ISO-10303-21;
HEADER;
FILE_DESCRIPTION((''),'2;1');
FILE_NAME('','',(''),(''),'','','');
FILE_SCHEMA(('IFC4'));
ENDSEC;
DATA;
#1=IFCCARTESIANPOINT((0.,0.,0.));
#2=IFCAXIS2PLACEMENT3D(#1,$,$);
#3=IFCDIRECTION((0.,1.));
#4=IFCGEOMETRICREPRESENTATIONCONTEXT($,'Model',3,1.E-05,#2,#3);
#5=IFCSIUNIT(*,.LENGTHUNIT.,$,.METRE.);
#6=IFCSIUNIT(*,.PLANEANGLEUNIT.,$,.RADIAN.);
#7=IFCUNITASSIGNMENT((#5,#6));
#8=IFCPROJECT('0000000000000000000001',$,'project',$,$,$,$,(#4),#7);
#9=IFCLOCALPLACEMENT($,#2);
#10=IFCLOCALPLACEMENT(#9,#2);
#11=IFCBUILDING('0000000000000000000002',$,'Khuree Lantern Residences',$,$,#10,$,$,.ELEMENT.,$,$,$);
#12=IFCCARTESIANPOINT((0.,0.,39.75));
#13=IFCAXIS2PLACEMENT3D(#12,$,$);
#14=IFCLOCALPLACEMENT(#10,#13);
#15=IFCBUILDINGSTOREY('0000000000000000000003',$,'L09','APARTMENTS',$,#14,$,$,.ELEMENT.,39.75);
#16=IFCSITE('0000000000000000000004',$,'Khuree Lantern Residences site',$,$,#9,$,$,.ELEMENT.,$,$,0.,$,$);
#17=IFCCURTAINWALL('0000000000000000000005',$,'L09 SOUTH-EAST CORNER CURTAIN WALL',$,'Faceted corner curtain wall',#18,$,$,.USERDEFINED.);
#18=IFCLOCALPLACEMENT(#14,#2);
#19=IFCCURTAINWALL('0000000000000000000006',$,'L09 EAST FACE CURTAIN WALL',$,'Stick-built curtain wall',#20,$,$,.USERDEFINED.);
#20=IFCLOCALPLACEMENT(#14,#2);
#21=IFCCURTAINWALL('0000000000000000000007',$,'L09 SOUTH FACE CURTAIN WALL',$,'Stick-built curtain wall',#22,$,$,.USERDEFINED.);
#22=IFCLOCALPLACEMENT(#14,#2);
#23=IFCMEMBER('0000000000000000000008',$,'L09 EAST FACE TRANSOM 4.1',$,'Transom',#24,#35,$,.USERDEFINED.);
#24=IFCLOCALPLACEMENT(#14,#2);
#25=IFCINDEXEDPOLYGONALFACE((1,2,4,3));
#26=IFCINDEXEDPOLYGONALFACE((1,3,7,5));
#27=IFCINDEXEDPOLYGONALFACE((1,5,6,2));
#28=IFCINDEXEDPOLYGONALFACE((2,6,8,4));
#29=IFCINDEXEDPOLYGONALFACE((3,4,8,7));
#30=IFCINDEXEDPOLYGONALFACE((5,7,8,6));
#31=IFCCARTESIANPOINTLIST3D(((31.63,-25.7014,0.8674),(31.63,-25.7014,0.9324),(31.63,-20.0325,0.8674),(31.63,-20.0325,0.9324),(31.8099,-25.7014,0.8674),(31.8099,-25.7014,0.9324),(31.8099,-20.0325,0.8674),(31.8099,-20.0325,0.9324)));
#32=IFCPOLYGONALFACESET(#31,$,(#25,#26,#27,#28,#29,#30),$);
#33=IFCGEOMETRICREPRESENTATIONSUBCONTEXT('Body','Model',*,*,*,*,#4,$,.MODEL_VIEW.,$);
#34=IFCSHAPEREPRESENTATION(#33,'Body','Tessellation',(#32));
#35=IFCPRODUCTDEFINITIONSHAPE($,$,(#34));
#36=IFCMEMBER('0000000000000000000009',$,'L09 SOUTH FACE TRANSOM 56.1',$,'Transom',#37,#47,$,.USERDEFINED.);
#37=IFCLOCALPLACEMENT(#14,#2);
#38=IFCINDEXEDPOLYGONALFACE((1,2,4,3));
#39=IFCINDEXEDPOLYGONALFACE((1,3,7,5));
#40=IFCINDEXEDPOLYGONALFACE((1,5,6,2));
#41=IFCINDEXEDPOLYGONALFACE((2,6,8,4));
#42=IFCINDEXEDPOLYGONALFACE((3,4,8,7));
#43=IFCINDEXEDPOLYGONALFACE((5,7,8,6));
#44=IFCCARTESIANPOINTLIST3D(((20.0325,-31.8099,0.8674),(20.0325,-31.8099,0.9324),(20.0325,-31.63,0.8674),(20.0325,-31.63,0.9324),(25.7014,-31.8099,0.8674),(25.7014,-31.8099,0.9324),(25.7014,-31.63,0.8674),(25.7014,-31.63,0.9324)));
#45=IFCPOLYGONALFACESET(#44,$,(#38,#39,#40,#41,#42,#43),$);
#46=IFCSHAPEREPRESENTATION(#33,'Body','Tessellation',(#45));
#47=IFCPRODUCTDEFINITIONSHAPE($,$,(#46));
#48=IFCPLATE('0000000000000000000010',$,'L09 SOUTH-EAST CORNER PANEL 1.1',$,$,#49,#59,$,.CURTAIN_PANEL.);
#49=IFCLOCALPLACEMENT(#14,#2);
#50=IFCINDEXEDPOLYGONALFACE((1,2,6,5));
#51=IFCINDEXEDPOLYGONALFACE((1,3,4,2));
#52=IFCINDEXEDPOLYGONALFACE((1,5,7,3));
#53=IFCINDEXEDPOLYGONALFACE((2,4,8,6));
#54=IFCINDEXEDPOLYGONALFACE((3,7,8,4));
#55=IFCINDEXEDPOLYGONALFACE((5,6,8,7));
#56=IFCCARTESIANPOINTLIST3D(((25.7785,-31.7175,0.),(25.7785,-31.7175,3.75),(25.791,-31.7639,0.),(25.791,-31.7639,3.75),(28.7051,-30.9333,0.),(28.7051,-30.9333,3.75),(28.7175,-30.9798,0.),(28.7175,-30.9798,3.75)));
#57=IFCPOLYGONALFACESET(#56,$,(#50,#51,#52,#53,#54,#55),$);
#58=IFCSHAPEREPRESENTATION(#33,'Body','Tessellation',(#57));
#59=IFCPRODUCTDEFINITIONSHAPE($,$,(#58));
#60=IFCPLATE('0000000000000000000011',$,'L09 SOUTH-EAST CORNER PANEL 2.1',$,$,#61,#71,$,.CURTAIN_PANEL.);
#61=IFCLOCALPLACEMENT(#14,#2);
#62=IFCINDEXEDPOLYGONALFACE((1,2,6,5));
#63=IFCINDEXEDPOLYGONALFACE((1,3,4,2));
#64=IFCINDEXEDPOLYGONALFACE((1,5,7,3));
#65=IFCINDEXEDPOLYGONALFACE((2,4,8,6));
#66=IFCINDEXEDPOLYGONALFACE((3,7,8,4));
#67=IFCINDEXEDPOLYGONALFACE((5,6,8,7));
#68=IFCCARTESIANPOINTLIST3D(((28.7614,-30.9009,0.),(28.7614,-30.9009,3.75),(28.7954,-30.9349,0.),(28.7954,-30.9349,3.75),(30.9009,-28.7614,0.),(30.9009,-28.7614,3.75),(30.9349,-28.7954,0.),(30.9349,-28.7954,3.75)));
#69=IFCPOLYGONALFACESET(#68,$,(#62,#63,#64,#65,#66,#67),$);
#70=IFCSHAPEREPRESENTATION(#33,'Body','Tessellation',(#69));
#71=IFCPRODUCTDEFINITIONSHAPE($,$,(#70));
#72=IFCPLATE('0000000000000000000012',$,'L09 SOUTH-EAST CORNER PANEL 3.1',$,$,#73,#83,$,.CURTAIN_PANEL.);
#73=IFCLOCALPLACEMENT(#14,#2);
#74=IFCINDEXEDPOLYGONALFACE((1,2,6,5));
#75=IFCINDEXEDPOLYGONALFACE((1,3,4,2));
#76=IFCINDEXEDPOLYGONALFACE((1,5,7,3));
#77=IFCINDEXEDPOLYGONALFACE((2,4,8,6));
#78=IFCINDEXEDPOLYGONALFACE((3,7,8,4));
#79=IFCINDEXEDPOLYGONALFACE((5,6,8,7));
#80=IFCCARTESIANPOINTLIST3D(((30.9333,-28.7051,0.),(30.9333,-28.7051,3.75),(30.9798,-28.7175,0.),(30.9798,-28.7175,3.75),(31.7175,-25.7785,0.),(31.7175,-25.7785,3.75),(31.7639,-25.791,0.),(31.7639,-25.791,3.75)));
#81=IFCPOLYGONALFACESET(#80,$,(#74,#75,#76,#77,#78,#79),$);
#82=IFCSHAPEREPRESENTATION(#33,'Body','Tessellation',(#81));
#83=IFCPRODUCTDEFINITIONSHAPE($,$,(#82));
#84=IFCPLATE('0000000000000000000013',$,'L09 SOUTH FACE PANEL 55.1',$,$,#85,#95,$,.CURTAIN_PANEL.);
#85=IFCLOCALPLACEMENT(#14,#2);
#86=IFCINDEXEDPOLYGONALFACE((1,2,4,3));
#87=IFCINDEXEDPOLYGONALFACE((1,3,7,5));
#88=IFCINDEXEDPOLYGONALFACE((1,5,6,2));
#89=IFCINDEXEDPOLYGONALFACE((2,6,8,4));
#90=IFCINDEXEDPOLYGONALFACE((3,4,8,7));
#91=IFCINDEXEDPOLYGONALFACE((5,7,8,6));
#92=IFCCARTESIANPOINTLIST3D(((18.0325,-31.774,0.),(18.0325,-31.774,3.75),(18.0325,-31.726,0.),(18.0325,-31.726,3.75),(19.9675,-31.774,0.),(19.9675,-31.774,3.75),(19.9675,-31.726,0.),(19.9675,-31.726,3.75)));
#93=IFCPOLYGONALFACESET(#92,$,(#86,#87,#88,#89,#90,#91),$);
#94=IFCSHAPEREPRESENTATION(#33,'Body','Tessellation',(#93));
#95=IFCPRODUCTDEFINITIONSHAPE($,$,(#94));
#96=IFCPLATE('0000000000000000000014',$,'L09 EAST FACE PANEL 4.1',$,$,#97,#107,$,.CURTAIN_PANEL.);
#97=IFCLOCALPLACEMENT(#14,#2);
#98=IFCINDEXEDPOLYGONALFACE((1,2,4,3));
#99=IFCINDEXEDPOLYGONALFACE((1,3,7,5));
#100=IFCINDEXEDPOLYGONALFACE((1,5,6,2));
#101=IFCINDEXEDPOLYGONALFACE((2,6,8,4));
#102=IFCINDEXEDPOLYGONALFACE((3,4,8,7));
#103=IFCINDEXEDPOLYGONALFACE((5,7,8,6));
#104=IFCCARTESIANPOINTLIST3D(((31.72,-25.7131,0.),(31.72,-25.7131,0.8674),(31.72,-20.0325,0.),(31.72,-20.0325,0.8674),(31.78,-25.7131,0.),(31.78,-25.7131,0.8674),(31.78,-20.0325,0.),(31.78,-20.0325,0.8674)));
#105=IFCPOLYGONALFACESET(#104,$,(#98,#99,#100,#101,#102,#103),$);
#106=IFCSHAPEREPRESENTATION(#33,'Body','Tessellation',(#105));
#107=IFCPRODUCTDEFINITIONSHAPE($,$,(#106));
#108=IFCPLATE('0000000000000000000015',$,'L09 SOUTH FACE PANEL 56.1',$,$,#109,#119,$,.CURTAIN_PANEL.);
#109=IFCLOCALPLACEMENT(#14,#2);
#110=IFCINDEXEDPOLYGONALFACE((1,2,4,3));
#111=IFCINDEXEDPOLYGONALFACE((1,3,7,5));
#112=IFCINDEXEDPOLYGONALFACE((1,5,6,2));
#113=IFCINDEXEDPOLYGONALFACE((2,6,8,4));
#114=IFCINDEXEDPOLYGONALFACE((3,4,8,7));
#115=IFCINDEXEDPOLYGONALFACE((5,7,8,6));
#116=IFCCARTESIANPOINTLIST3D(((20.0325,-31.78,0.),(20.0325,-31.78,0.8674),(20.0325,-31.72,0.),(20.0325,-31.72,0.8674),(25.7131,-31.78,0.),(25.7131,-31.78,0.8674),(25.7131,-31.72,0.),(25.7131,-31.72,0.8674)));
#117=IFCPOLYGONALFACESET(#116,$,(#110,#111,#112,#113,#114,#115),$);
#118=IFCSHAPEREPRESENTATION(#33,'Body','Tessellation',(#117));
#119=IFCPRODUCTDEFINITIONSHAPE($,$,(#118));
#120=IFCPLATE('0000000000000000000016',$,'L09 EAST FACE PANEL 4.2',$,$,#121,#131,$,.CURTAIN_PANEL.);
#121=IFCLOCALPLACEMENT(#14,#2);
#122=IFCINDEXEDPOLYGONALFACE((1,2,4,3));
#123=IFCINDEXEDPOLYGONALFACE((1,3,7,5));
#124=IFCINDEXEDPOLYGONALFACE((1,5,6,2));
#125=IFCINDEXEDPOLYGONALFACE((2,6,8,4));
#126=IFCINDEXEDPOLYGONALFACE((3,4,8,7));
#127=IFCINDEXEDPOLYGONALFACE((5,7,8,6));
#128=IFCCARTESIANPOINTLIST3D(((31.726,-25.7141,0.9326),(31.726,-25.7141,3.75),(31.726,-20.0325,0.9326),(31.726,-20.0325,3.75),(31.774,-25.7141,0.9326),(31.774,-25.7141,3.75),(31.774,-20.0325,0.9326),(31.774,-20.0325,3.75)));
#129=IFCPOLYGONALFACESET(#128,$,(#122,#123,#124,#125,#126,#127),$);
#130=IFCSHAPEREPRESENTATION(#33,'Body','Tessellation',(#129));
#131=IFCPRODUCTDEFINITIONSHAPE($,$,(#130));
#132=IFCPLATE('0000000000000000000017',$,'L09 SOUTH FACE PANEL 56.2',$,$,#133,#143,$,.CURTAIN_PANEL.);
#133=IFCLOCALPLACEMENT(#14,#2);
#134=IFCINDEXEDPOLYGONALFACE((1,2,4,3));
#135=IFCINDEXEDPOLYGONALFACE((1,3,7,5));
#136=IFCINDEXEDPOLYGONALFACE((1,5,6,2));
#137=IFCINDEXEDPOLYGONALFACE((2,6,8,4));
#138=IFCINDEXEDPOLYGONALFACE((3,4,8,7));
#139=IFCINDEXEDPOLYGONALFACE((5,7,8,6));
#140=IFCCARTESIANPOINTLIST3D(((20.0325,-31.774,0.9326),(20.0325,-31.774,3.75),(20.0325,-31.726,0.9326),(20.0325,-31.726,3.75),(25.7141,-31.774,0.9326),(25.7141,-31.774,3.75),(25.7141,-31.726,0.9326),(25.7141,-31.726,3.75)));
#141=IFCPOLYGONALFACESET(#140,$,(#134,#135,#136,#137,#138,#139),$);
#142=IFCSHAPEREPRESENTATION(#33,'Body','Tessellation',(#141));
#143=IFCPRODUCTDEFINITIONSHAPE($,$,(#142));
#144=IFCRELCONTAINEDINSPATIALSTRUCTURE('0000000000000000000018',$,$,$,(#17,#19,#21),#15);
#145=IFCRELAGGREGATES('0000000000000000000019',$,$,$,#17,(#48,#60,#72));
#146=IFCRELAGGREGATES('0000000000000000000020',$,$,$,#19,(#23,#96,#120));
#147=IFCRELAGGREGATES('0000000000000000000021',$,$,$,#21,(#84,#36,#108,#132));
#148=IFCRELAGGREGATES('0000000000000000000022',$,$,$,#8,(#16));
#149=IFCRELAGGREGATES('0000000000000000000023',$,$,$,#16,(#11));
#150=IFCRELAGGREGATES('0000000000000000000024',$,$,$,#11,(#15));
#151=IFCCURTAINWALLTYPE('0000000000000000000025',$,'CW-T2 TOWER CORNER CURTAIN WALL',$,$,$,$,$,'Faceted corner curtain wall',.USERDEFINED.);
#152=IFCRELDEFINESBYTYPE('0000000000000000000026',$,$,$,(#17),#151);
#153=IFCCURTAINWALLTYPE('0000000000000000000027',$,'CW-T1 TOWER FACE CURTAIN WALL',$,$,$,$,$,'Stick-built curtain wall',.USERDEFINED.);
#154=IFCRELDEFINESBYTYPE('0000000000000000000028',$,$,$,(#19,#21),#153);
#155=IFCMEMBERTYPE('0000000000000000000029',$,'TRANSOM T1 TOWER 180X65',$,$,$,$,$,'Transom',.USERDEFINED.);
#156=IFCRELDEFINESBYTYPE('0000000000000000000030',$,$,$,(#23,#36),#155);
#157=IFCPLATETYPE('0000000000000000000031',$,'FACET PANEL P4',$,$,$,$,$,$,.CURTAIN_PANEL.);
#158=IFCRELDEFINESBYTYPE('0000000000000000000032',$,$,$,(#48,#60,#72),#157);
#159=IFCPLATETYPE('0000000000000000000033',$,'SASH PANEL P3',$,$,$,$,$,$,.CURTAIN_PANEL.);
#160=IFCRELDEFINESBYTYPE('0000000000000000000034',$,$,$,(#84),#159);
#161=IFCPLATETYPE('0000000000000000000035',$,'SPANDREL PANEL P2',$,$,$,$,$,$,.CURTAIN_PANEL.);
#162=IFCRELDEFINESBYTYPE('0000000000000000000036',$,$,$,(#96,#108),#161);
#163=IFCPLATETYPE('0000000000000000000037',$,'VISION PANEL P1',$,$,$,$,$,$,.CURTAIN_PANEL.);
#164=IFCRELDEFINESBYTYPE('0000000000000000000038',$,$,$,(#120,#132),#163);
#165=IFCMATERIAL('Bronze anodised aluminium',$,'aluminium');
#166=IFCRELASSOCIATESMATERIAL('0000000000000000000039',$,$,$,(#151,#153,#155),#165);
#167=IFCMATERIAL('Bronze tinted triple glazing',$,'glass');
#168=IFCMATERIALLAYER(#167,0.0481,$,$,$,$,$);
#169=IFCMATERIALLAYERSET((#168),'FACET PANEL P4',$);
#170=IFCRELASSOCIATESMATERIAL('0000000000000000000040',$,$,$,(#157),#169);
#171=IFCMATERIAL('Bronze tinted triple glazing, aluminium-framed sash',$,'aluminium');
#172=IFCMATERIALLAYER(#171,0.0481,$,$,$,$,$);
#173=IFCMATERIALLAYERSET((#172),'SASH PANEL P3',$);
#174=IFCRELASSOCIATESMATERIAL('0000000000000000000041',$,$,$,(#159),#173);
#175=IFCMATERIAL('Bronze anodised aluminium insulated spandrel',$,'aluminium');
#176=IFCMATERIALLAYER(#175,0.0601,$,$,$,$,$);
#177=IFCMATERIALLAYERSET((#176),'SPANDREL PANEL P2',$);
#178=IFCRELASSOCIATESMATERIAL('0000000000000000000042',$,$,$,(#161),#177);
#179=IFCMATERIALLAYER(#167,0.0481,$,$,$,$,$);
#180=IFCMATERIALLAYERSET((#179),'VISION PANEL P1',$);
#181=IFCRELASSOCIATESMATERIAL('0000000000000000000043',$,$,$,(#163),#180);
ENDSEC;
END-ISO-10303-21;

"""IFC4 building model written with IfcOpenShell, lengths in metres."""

from ifc_helpers import new_model, si_unit, direction, frame, origin, origin_2d, place, context, subcontext, project, spatial, rectangle, extrude, material, layer, layer_set, material_profile, profile_set, type_object, element, aggregate, save


model = new_model("IFC4")

# Units and contexts
model_context = context("Model", 3, precision=1e-05, world=origin(), true_north=direction((0.0, 1.0)))
body_context = subcontext(model_context, "Body", "Model", "MODEL_VIEW")
ifc_project = project(units=[si_unit("LENGTHUNIT", "METRE"), si_unit("PLANEANGLEUNIT", "RADIAN")], contexts=[model_context])

# Site, building, storey
site_placement = place(None, origin())
site = spatial("IfcSite", under=ifc_project, at=site_placement, Name="Khuree Lantern Residences site", CompositionType="ELEMENT", RefElevation=0.0)
building_placement = place(site_placement, origin())
building = spatial("IfcBuilding", under=site, at=building_placement, Name="Khuree Lantern Residences", CompositionType="ELEMENT")
storey_placement = place(building_placement, frame((0.0, 0.0, 39.75)))
storey = spatial("IfcBuildingStorey", under=building, at=storey_placement, Name="L09", Description="APARTMENTS", CompositionType="ELEMENT", Elevation=39.75)

# Curtain walls
ifc_material_1 = material(Name="Bronze anodised aluminium", Category="aluminium")
curtain_wall_type_1 = type_object("IfcCurtainWallType", Name="CW-T2 TOWER CORNER CURTAIN WALL", ElementType="Faceted corner curtain wall", PredefinedType="USERDEFINED", material=ifc_material_1)
curtain_wall_1_placement = place(storey_placement, origin())
curtain_wall_1 = element("IfcCurtainWall", 1, at=curtain_wall_1_placement, inside=storey, type_object=curtain_wall_type_1, Name="L09 SOUTH-EAST CORNER CURTAIN WALL", ObjectType="Faceted corner curtain wall", PredefinedType="USERDEFINED")
curtain_wall_type_2 = type_object("IfcCurtainWallType", Name="CW-T1 TOWER FACE CURTAIN WALL", ElementType="Stick-built curtain wall", PredefinedType="USERDEFINED", material=ifc_material_1)
curtain_wall_2_placement = place(storey_placement, origin())
curtain_wall_2 = element("IfcCurtainWall", 2, at=curtain_wall_2_placement, inside=storey, type_object=curtain_wall_type_2, Name="L09 EAST FACE CURTAIN WALL", ObjectType="Stick-built curtain wall", PredefinedType="USERDEFINED")

# Curtain wall
curtain_wall_3_placement = place(storey_placement, origin())
curtain_wall_3 = element("IfcCurtainWall", 3, at=curtain_wall_3_placement, inside=storey, type_object=curtain_wall_type_2, Name="L09 SOUTH FACE CURTAIN WALL", ObjectType="Stick-built curtain wall", PredefinedType="USERDEFINED")

# Members
ifc_material_profile_1 = material_profile(ifc_material_1, rectangle(XDim=0.1799, YDim=0.0649, at=origin_2d()), Name="T1 180X65")
ifc_profile_set_1 = profile_set([ifc_material_profile_1], Name="Bronze anodised aluminium")
member_type_1 = type_object("IfcMemberType", Name="TRANSOM T1 TOWER 180X65", ElementType="Transom", PredefinedType="USERDEFINED", material=ifc_profile_set_1)
member_1_placement = place(storey_placement, frame((31.72, -25.7014, 0.8999), z_axis=(0.0, 1.0, 0.0), x_axis=(-1.0, 0.0, 0.0)))
member_1 = element("IfcMember", 4, at=member_1_placement, type_object=member_type_1, Name="L09 EAST FACE TRANSOM 4.1", ObjectType="Transom", PredefinedType="USERDEFINED", context=body_context, shape_type="SweptSolid", body=[
    extrude(rectangle(XDim=0.1799, YDim=0.0649, at=origin_2d()), origin(), (0.0, 0.0, 1.0), 5.6689),
])
member_2_placement = place(storey_placement, frame((20.0325, -31.72, 0.8999), z_axis=(1.0, 0.0, 0.0), x_axis=(0.0, 1.0, 0.0)))
member_2 = element("IfcMember", 5, at=member_2_placement, type_object=member_type_1, Name="L09 SOUTH FACE TRANSOM 56.1", ObjectType="Transom", PredefinedType="USERDEFINED", context=body_context, shape_type="SweptSolid", body=[
    extrude(rectangle(XDim=0.1799, YDim=0.0649, at=origin_2d()), origin(), (0.0, 0.0, 1.0), 5.6689),
])

# Plates
ifc_material_2 = material(Name="Bronze tinted triple glazing", Category="glass")
ifc_layer_1 = layer(ifc_material_2, 0.0481)
ifc_layer_set_1 = layer_set([ifc_layer_1], Name="FACET PANEL P4")
plate_type_1 = type_object("IfcPlateType", Name="FACET PANEL P4", PredefinedType="CURTAIN_PANEL", material=ifc_layer_set_1)
plate_1_placement = place(storey_placement, frame((27.248, -31.3486, 0.0), z_axis=(0.0, 0.0, 1.0), x_axis=(0.965926, 0.258819, 0.0)))
plate_1 = element("IfcPlate", 6, at=plate_1_placement, type_object=plate_type_1, Name="L09 SOUTH-EAST CORNER PANEL 1.1", PredefinedType="CURTAIN_PANEL", context=body_context, shape_type="SweptSolid", body=[
    extrude(rectangle(XDim=3.0298, YDim=0.0481, at=origin_2d()), origin(), (0.0, 0.0, 1.0), 3.75),
])
plate_2_placement = place(storey_placement, frame((29.8481, -29.8481, 0.0), z_axis=(0.0, 0.0, 1.0), x_axis=(0.707107, 0.707107, 0.0)))
plate_2 = element("IfcPlate", 7, at=plate_2_placement, type_object=plate_type_1, Name="L09 SOUTH-EAST CORNER PANEL 2.1", PredefinedType="CURTAIN_PANEL", context=body_context, shape_type="SweptSolid", body=[
    extrude(rectangle(XDim=3.0256, YDim=0.0481, at=origin_2d()), origin(), (0.0, 0.0, 1.0), 3.75),
])
plate_3_placement = place(storey_placement, frame((31.3486, -27.248, 0.0), z_axis=(0.0, 0.0, 1.0), x_axis=(0.258819, 0.965926, 0.0)))
plate_3 = element("IfcPlate", 8, at=plate_3_placement, type_object=plate_type_1, Name="L09 SOUTH-EAST CORNER PANEL 3.1", PredefinedType="CURTAIN_PANEL", context=body_context, shape_type="SweptSolid", body=[
    extrude(rectangle(XDim=3.0298, YDim=0.0481, at=origin_2d()), origin(), (0.0, 0.0, 1.0), 3.75),
])
aggregate(curtain_wall_1, [plate_1, plate_2, plate_3])
ifc_material_3 = material(Name="Bronze tinted triple glazing, aluminium-framed sash", Category="aluminium")
ifc_layer_2 = layer(ifc_material_3, 0.0481)
ifc_layer_set_2 = layer_set([ifc_layer_2], Name="SASH PANEL P3")
plate_type_2 = type_object("IfcPlateType", Name="SASH PANEL P3", PredefinedType="CURTAIN_PANEL", material=ifc_layer_set_2)
plate_4_placement = place(storey_placement, frame((19.0, -31.75, 0.0), z_axis=(0.0, 0.0, 1.0), x_axis=(1.0, 0.0, 0.0)))
plate_4 = element("IfcPlate", 9, at=plate_4_placement, type_object=plate_type_2, Name="L09 SOUTH FACE PANEL 55.1", PredefinedType="CURTAIN_PANEL", context=body_context, shape_type="SweptSolid", body=[
    extrude(rectangle(XDim=1.9351, YDim=0.0481, at=origin_2d()), origin(), (0.0, 0.0, 1.0), 3.75),
])
ifc_material_4 = material(Name="Bronze anodised aluminium insulated spandrel", Category="aluminium")
ifc_layer_3 = layer(ifc_material_4, 0.0601)
ifc_layer_set_3 = layer_set([ifc_layer_3], Name="SPANDREL PANEL P2")
plate_type_3 = type_object("IfcPlateType", Name="SPANDREL PANEL P2", PredefinedType="CURTAIN_PANEL", material=ifc_layer_set_3)
plate_5_placement = place(storey_placement, frame((31.75, -22.8728, 0.0), z_axis=(0.0, 0.0, 1.0), x_axis=(0.0, 1.0, 0.0)))
plate_5 = element("IfcPlate", 10, at=plate_5_placement, type_object=plate_type_3, Name="L09 EAST FACE PANEL 4.1", PredefinedType="CURTAIN_PANEL", context=body_context, shape_type="SweptSolid", body=[
    extrude(rectangle(XDim=5.6807, YDim=0.0601, at=origin_2d()), origin(), (0.0, 0.0, 1.0), 0.8674),
])
plate_6_placement = place(storey_placement, frame((22.8728, -31.75, 0.0), z_axis=(0.0, 0.0, 1.0), x_axis=(1.0, 0.0, 0.0)))
plate_6 = element("IfcPlate", 11, at=plate_6_placement, type_object=plate_type_3, Name="L09 SOUTH FACE PANEL 56.1", PredefinedType="CURTAIN_PANEL", context=body_context, shape_type="SweptSolid", body=[
    extrude(rectangle(XDim=5.6807, YDim=0.0601, at=origin_2d()), origin(), (0.0, 0.0, 1.0), 0.8674),
])
ifc_layer_4 = layer(ifc_material_2, 0.0481)
ifc_layer_set_4 = layer_set([ifc_layer_4], Name="VISION PANEL P1")
plate_type_4 = type_object("IfcPlateType", Name="VISION PANEL P1", PredefinedType="CURTAIN_PANEL", material=ifc_layer_set_4)
plate_7_placement = place(storey_placement, frame((31.75, -22.8733, 0.9326), z_axis=(0.0, 0.0, 1.0), x_axis=(0.0, 1.0, 0.0)))
plate_7 = element("IfcPlate", 12, at=plate_7_placement, type_object=plate_type_4, Name="L09 EAST FACE PANEL 4.2", PredefinedType="CURTAIN_PANEL", context=body_context, shape_type="SweptSolid", body=[
    extrude(rectangle(XDim=5.6816, YDim=0.0481, at=origin_2d()), origin(), (0.0, 0.0, 1.0), 2.8174),
])
aggregate(curtain_wall_2, [member_1, plate_5, plate_7])
plate_8_placement = place(storey_placement, frame((22.8733, -31.75, 0.9326), z_axis=(0.0, 0.0, 1.0), x_axis=(1.0, 0.0, 0.0)))
plate_8 = element("IfcPlate", 13, at=plate_8_placement, type_object=plate_type_4, Name="L09 SOUTH FACE PANEL 56.2", PredefinedType="CURTAIN_PANEL", context=body_context, shape_type="SweptSolid", body=[
    extrude(rectangle(XDim=5.6816, YDim=0.0481, at=origin_2d()), origin(), (0.0, 0.0, 1.0), 2.8174),
])
aggregate(curtain_wall_3, [plate_4, member_2, plate_6, plate_8])

save(model, "model.ifc")
